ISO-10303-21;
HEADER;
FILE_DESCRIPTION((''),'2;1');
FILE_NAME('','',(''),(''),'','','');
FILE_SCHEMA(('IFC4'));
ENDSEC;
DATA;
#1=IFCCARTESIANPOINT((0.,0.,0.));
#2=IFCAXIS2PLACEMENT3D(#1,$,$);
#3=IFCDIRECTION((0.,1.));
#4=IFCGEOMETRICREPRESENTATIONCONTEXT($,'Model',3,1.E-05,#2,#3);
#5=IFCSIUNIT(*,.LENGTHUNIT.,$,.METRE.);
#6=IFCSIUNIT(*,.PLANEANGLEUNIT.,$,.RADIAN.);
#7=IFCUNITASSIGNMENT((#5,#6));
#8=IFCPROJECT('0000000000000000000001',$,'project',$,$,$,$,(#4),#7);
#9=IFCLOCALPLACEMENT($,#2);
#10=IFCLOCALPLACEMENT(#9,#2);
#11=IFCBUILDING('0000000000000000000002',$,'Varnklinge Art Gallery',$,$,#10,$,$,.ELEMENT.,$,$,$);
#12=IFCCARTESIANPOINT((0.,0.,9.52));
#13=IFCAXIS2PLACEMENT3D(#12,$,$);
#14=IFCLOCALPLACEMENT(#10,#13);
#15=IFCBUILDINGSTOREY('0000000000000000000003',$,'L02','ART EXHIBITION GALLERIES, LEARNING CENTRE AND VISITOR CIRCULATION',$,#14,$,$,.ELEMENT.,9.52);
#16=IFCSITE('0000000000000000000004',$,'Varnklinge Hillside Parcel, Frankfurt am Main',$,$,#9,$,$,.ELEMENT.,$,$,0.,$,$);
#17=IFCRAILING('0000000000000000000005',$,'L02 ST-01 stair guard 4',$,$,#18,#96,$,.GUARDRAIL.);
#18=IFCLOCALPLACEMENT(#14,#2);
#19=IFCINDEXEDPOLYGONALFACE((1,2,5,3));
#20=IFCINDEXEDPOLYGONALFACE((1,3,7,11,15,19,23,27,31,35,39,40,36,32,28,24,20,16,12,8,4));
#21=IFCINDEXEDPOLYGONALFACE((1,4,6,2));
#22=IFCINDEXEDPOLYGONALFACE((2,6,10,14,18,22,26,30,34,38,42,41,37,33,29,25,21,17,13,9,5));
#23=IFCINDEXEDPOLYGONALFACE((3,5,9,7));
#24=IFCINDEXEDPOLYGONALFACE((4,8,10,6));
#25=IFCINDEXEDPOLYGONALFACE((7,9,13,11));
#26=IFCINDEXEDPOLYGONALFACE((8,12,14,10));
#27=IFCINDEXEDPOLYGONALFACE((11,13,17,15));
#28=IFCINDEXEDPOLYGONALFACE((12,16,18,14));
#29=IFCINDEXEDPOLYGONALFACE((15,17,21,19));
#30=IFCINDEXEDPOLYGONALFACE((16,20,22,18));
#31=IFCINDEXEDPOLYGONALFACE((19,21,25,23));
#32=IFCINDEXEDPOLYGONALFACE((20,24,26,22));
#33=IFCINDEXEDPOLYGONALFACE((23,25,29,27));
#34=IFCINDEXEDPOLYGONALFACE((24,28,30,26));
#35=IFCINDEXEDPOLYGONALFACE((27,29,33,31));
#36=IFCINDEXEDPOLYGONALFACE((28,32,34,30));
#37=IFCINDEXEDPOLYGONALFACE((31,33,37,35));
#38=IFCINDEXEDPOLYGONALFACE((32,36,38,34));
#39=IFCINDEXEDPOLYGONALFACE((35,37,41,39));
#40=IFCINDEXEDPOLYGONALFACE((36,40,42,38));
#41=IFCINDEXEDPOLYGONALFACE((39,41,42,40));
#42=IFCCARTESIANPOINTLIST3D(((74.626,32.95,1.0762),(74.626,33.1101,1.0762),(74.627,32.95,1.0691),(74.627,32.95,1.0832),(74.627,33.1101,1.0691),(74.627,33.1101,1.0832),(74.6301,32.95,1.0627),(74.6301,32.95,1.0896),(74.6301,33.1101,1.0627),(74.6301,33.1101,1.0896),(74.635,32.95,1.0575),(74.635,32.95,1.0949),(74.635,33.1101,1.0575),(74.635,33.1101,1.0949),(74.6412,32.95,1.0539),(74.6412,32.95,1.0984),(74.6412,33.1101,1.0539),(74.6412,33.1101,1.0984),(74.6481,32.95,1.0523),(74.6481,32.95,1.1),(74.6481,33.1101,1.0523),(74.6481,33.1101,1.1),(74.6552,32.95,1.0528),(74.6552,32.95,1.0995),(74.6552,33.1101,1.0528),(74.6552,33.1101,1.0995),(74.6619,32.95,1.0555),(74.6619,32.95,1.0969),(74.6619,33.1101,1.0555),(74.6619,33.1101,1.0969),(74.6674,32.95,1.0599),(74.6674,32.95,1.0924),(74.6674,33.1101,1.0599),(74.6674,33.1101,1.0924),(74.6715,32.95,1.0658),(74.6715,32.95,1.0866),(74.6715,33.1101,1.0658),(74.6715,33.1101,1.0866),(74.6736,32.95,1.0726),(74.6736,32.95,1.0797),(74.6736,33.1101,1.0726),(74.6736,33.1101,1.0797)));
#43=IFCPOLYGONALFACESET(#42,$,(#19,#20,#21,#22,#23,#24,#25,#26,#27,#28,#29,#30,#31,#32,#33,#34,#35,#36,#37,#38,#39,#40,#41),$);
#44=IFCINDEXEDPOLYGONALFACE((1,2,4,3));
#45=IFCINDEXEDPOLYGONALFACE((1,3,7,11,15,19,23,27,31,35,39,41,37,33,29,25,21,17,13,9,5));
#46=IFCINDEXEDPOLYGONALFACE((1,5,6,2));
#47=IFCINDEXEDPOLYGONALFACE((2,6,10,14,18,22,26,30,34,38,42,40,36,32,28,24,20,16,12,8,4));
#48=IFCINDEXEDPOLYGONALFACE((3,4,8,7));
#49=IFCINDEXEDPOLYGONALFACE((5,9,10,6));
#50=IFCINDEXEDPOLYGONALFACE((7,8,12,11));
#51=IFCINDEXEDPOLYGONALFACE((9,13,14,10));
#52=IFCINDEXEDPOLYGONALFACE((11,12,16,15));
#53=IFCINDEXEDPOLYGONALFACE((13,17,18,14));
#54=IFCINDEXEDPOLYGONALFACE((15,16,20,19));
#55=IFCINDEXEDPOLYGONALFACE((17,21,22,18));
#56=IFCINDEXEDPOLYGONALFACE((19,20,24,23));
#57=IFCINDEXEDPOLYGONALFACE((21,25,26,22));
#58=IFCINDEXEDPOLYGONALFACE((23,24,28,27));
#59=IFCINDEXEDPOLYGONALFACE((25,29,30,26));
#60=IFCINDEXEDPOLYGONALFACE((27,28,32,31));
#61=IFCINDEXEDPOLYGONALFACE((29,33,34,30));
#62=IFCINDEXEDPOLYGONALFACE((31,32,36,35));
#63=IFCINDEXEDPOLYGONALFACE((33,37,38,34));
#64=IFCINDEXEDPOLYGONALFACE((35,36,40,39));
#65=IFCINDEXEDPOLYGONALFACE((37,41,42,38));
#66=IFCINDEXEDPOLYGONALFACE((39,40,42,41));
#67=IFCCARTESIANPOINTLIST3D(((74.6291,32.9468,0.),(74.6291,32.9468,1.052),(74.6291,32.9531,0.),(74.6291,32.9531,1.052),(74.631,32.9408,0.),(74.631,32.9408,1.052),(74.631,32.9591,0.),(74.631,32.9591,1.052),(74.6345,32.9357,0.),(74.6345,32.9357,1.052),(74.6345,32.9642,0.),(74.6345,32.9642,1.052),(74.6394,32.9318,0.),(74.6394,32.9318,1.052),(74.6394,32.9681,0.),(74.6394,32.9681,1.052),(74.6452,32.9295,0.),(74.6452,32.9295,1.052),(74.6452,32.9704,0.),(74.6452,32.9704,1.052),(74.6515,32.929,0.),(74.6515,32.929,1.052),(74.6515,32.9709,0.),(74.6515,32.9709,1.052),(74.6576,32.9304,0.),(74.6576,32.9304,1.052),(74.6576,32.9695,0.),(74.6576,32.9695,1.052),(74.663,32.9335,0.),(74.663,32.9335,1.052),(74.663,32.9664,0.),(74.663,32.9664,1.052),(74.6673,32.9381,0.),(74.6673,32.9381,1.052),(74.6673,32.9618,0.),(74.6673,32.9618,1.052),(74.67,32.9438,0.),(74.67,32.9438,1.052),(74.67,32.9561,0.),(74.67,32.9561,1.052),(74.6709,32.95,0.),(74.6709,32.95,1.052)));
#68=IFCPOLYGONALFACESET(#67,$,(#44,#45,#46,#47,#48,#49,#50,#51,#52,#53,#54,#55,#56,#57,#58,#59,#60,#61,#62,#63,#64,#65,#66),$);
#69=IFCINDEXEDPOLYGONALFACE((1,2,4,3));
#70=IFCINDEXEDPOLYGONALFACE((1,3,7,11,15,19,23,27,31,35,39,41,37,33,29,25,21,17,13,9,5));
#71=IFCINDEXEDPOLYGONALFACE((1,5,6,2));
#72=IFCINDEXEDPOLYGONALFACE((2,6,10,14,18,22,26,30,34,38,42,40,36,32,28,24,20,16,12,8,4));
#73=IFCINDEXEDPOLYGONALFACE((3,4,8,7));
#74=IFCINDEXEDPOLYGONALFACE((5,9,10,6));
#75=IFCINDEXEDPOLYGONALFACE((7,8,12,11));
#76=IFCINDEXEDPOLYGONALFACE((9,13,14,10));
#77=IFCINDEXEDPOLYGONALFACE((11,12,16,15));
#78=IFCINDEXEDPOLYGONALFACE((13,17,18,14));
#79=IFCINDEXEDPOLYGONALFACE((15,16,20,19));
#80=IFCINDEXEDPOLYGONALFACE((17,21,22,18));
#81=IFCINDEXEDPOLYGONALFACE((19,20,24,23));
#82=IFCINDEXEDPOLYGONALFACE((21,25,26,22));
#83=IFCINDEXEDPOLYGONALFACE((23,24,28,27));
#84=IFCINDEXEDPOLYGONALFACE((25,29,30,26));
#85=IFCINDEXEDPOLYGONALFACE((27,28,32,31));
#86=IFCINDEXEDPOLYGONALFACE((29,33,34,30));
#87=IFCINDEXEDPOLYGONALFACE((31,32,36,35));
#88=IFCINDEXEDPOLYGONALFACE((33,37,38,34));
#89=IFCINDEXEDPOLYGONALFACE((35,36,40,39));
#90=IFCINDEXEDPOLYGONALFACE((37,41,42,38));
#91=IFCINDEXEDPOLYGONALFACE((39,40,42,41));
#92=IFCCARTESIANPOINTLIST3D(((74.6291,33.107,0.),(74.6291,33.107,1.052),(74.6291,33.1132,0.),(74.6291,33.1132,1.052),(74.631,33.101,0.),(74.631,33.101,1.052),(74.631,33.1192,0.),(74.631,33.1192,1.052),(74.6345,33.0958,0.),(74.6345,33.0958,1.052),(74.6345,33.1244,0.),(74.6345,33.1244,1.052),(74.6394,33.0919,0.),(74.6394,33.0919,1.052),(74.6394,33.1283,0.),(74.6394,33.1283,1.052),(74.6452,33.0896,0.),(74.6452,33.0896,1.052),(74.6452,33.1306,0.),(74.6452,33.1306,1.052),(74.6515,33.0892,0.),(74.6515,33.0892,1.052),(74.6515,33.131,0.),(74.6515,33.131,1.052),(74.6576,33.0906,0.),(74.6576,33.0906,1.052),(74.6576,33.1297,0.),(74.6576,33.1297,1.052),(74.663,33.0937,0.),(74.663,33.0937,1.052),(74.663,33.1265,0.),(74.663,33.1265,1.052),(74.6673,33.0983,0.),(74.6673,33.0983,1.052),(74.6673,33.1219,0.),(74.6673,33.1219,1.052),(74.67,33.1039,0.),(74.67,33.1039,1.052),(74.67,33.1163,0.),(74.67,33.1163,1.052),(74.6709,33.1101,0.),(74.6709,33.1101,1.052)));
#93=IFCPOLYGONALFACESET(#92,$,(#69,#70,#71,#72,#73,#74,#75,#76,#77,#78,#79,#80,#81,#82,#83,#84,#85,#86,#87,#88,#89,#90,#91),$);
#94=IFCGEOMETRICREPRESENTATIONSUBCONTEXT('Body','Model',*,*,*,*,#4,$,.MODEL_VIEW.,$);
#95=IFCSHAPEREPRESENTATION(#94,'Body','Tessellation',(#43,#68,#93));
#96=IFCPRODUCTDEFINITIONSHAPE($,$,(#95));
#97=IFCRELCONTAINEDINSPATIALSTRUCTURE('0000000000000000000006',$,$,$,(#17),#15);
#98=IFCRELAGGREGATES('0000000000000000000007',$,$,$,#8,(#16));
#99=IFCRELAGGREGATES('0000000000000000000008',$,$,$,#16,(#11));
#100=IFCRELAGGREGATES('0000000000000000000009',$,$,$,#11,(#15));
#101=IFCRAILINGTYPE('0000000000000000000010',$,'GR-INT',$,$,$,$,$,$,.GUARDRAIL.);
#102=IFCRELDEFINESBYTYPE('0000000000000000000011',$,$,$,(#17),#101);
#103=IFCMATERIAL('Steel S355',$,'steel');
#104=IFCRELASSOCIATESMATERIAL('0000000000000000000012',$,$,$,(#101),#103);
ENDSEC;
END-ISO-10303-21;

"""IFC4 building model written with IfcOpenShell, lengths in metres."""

from ifc_helpers import new_model, si_unit, direction, frame, origin, origin_2d, place, context, subcontext, project, spatial, circle, extrude, material, type_object, element, save


model = new_model("IFC4")

# Units and contexts
model_context = context("Model", 3, precision=1e-05, world=origin(), true_north=direction((0.0, 1.0)))
body_context = subcontext(model_context, "Body", "Model", "MODEL_VIEW")
ifc_project = project(units=[si_unit("LENGTHUNIT", "METRE"), si_unit("PLANEANGLEUNIT", "RADIAN")], contexts=[model_context])

# Site, building, storey
site_placement = place(None, origin())
site = spatial("IfcSite", under=ifc_project, at=site_placement, Name="Varnklinge Hillside Parcel, Frankfurt am Main", CompositionType="ELEMENT", RefElevation=0.0)
building_placement = place(site_placement, origin())
building = spatial("IfcBuilding", under=site, at=building_placement, Name="Varnklinge Art Gallery", CompositionType="ELEMENT")
storey_placement = place(building_placement, frame((0.0, 0.0, 9.52)))
storey = spatial("IfcBuildingStorey", under=building, at=storey_placement, Name="L02", Description="ART EXHIBITION GALLERIES, LEARNING CENTRE AND VISITOR CIRCULATION", CompositionType="ELEMENT", Elevation=9.52)

# Railing
ifc_material_1 = material(Name="Steel S355", Category="steel")
railing_type_1 = type_object("IfcRailingType", Name="GR-INT", PredefinedType="GUARDRAIL", material=ifc_material_1)
railing_1_placement = place(storey_placement, frame((74.6499, 32.95, 0.0)))
element("IfcRailing", 1, at=railing_1_placement, inside=storey, type_object=railing_type_1, Name="L02 ST-01 stair guard 4", PredefinedType="GUARDRAIL", context=body_context, shape_type="SweptSolid", body=[
    extrude(circle(Radius=0.0239, at=origin_2d()), frame((0.0, 0.0, 1.0762), z_axis=(0.0, 1.0, 0.0), x_axis=(-1.0, 0.0, 0.0)), (0.0, 0.0, 1.0), 0.1602),
    extrude(circle(Radius=0.021, at=origin_2d()), origin(), (0.0, 0.0, 1.0), 1.052),
    extrude(circle(Radius=0.021, at=origin_2d()), frame((0.0, 0.1602, 0.0)), (0.0, 0.0, 1.0), 1.052),
])

save(model, "model.ifc")
